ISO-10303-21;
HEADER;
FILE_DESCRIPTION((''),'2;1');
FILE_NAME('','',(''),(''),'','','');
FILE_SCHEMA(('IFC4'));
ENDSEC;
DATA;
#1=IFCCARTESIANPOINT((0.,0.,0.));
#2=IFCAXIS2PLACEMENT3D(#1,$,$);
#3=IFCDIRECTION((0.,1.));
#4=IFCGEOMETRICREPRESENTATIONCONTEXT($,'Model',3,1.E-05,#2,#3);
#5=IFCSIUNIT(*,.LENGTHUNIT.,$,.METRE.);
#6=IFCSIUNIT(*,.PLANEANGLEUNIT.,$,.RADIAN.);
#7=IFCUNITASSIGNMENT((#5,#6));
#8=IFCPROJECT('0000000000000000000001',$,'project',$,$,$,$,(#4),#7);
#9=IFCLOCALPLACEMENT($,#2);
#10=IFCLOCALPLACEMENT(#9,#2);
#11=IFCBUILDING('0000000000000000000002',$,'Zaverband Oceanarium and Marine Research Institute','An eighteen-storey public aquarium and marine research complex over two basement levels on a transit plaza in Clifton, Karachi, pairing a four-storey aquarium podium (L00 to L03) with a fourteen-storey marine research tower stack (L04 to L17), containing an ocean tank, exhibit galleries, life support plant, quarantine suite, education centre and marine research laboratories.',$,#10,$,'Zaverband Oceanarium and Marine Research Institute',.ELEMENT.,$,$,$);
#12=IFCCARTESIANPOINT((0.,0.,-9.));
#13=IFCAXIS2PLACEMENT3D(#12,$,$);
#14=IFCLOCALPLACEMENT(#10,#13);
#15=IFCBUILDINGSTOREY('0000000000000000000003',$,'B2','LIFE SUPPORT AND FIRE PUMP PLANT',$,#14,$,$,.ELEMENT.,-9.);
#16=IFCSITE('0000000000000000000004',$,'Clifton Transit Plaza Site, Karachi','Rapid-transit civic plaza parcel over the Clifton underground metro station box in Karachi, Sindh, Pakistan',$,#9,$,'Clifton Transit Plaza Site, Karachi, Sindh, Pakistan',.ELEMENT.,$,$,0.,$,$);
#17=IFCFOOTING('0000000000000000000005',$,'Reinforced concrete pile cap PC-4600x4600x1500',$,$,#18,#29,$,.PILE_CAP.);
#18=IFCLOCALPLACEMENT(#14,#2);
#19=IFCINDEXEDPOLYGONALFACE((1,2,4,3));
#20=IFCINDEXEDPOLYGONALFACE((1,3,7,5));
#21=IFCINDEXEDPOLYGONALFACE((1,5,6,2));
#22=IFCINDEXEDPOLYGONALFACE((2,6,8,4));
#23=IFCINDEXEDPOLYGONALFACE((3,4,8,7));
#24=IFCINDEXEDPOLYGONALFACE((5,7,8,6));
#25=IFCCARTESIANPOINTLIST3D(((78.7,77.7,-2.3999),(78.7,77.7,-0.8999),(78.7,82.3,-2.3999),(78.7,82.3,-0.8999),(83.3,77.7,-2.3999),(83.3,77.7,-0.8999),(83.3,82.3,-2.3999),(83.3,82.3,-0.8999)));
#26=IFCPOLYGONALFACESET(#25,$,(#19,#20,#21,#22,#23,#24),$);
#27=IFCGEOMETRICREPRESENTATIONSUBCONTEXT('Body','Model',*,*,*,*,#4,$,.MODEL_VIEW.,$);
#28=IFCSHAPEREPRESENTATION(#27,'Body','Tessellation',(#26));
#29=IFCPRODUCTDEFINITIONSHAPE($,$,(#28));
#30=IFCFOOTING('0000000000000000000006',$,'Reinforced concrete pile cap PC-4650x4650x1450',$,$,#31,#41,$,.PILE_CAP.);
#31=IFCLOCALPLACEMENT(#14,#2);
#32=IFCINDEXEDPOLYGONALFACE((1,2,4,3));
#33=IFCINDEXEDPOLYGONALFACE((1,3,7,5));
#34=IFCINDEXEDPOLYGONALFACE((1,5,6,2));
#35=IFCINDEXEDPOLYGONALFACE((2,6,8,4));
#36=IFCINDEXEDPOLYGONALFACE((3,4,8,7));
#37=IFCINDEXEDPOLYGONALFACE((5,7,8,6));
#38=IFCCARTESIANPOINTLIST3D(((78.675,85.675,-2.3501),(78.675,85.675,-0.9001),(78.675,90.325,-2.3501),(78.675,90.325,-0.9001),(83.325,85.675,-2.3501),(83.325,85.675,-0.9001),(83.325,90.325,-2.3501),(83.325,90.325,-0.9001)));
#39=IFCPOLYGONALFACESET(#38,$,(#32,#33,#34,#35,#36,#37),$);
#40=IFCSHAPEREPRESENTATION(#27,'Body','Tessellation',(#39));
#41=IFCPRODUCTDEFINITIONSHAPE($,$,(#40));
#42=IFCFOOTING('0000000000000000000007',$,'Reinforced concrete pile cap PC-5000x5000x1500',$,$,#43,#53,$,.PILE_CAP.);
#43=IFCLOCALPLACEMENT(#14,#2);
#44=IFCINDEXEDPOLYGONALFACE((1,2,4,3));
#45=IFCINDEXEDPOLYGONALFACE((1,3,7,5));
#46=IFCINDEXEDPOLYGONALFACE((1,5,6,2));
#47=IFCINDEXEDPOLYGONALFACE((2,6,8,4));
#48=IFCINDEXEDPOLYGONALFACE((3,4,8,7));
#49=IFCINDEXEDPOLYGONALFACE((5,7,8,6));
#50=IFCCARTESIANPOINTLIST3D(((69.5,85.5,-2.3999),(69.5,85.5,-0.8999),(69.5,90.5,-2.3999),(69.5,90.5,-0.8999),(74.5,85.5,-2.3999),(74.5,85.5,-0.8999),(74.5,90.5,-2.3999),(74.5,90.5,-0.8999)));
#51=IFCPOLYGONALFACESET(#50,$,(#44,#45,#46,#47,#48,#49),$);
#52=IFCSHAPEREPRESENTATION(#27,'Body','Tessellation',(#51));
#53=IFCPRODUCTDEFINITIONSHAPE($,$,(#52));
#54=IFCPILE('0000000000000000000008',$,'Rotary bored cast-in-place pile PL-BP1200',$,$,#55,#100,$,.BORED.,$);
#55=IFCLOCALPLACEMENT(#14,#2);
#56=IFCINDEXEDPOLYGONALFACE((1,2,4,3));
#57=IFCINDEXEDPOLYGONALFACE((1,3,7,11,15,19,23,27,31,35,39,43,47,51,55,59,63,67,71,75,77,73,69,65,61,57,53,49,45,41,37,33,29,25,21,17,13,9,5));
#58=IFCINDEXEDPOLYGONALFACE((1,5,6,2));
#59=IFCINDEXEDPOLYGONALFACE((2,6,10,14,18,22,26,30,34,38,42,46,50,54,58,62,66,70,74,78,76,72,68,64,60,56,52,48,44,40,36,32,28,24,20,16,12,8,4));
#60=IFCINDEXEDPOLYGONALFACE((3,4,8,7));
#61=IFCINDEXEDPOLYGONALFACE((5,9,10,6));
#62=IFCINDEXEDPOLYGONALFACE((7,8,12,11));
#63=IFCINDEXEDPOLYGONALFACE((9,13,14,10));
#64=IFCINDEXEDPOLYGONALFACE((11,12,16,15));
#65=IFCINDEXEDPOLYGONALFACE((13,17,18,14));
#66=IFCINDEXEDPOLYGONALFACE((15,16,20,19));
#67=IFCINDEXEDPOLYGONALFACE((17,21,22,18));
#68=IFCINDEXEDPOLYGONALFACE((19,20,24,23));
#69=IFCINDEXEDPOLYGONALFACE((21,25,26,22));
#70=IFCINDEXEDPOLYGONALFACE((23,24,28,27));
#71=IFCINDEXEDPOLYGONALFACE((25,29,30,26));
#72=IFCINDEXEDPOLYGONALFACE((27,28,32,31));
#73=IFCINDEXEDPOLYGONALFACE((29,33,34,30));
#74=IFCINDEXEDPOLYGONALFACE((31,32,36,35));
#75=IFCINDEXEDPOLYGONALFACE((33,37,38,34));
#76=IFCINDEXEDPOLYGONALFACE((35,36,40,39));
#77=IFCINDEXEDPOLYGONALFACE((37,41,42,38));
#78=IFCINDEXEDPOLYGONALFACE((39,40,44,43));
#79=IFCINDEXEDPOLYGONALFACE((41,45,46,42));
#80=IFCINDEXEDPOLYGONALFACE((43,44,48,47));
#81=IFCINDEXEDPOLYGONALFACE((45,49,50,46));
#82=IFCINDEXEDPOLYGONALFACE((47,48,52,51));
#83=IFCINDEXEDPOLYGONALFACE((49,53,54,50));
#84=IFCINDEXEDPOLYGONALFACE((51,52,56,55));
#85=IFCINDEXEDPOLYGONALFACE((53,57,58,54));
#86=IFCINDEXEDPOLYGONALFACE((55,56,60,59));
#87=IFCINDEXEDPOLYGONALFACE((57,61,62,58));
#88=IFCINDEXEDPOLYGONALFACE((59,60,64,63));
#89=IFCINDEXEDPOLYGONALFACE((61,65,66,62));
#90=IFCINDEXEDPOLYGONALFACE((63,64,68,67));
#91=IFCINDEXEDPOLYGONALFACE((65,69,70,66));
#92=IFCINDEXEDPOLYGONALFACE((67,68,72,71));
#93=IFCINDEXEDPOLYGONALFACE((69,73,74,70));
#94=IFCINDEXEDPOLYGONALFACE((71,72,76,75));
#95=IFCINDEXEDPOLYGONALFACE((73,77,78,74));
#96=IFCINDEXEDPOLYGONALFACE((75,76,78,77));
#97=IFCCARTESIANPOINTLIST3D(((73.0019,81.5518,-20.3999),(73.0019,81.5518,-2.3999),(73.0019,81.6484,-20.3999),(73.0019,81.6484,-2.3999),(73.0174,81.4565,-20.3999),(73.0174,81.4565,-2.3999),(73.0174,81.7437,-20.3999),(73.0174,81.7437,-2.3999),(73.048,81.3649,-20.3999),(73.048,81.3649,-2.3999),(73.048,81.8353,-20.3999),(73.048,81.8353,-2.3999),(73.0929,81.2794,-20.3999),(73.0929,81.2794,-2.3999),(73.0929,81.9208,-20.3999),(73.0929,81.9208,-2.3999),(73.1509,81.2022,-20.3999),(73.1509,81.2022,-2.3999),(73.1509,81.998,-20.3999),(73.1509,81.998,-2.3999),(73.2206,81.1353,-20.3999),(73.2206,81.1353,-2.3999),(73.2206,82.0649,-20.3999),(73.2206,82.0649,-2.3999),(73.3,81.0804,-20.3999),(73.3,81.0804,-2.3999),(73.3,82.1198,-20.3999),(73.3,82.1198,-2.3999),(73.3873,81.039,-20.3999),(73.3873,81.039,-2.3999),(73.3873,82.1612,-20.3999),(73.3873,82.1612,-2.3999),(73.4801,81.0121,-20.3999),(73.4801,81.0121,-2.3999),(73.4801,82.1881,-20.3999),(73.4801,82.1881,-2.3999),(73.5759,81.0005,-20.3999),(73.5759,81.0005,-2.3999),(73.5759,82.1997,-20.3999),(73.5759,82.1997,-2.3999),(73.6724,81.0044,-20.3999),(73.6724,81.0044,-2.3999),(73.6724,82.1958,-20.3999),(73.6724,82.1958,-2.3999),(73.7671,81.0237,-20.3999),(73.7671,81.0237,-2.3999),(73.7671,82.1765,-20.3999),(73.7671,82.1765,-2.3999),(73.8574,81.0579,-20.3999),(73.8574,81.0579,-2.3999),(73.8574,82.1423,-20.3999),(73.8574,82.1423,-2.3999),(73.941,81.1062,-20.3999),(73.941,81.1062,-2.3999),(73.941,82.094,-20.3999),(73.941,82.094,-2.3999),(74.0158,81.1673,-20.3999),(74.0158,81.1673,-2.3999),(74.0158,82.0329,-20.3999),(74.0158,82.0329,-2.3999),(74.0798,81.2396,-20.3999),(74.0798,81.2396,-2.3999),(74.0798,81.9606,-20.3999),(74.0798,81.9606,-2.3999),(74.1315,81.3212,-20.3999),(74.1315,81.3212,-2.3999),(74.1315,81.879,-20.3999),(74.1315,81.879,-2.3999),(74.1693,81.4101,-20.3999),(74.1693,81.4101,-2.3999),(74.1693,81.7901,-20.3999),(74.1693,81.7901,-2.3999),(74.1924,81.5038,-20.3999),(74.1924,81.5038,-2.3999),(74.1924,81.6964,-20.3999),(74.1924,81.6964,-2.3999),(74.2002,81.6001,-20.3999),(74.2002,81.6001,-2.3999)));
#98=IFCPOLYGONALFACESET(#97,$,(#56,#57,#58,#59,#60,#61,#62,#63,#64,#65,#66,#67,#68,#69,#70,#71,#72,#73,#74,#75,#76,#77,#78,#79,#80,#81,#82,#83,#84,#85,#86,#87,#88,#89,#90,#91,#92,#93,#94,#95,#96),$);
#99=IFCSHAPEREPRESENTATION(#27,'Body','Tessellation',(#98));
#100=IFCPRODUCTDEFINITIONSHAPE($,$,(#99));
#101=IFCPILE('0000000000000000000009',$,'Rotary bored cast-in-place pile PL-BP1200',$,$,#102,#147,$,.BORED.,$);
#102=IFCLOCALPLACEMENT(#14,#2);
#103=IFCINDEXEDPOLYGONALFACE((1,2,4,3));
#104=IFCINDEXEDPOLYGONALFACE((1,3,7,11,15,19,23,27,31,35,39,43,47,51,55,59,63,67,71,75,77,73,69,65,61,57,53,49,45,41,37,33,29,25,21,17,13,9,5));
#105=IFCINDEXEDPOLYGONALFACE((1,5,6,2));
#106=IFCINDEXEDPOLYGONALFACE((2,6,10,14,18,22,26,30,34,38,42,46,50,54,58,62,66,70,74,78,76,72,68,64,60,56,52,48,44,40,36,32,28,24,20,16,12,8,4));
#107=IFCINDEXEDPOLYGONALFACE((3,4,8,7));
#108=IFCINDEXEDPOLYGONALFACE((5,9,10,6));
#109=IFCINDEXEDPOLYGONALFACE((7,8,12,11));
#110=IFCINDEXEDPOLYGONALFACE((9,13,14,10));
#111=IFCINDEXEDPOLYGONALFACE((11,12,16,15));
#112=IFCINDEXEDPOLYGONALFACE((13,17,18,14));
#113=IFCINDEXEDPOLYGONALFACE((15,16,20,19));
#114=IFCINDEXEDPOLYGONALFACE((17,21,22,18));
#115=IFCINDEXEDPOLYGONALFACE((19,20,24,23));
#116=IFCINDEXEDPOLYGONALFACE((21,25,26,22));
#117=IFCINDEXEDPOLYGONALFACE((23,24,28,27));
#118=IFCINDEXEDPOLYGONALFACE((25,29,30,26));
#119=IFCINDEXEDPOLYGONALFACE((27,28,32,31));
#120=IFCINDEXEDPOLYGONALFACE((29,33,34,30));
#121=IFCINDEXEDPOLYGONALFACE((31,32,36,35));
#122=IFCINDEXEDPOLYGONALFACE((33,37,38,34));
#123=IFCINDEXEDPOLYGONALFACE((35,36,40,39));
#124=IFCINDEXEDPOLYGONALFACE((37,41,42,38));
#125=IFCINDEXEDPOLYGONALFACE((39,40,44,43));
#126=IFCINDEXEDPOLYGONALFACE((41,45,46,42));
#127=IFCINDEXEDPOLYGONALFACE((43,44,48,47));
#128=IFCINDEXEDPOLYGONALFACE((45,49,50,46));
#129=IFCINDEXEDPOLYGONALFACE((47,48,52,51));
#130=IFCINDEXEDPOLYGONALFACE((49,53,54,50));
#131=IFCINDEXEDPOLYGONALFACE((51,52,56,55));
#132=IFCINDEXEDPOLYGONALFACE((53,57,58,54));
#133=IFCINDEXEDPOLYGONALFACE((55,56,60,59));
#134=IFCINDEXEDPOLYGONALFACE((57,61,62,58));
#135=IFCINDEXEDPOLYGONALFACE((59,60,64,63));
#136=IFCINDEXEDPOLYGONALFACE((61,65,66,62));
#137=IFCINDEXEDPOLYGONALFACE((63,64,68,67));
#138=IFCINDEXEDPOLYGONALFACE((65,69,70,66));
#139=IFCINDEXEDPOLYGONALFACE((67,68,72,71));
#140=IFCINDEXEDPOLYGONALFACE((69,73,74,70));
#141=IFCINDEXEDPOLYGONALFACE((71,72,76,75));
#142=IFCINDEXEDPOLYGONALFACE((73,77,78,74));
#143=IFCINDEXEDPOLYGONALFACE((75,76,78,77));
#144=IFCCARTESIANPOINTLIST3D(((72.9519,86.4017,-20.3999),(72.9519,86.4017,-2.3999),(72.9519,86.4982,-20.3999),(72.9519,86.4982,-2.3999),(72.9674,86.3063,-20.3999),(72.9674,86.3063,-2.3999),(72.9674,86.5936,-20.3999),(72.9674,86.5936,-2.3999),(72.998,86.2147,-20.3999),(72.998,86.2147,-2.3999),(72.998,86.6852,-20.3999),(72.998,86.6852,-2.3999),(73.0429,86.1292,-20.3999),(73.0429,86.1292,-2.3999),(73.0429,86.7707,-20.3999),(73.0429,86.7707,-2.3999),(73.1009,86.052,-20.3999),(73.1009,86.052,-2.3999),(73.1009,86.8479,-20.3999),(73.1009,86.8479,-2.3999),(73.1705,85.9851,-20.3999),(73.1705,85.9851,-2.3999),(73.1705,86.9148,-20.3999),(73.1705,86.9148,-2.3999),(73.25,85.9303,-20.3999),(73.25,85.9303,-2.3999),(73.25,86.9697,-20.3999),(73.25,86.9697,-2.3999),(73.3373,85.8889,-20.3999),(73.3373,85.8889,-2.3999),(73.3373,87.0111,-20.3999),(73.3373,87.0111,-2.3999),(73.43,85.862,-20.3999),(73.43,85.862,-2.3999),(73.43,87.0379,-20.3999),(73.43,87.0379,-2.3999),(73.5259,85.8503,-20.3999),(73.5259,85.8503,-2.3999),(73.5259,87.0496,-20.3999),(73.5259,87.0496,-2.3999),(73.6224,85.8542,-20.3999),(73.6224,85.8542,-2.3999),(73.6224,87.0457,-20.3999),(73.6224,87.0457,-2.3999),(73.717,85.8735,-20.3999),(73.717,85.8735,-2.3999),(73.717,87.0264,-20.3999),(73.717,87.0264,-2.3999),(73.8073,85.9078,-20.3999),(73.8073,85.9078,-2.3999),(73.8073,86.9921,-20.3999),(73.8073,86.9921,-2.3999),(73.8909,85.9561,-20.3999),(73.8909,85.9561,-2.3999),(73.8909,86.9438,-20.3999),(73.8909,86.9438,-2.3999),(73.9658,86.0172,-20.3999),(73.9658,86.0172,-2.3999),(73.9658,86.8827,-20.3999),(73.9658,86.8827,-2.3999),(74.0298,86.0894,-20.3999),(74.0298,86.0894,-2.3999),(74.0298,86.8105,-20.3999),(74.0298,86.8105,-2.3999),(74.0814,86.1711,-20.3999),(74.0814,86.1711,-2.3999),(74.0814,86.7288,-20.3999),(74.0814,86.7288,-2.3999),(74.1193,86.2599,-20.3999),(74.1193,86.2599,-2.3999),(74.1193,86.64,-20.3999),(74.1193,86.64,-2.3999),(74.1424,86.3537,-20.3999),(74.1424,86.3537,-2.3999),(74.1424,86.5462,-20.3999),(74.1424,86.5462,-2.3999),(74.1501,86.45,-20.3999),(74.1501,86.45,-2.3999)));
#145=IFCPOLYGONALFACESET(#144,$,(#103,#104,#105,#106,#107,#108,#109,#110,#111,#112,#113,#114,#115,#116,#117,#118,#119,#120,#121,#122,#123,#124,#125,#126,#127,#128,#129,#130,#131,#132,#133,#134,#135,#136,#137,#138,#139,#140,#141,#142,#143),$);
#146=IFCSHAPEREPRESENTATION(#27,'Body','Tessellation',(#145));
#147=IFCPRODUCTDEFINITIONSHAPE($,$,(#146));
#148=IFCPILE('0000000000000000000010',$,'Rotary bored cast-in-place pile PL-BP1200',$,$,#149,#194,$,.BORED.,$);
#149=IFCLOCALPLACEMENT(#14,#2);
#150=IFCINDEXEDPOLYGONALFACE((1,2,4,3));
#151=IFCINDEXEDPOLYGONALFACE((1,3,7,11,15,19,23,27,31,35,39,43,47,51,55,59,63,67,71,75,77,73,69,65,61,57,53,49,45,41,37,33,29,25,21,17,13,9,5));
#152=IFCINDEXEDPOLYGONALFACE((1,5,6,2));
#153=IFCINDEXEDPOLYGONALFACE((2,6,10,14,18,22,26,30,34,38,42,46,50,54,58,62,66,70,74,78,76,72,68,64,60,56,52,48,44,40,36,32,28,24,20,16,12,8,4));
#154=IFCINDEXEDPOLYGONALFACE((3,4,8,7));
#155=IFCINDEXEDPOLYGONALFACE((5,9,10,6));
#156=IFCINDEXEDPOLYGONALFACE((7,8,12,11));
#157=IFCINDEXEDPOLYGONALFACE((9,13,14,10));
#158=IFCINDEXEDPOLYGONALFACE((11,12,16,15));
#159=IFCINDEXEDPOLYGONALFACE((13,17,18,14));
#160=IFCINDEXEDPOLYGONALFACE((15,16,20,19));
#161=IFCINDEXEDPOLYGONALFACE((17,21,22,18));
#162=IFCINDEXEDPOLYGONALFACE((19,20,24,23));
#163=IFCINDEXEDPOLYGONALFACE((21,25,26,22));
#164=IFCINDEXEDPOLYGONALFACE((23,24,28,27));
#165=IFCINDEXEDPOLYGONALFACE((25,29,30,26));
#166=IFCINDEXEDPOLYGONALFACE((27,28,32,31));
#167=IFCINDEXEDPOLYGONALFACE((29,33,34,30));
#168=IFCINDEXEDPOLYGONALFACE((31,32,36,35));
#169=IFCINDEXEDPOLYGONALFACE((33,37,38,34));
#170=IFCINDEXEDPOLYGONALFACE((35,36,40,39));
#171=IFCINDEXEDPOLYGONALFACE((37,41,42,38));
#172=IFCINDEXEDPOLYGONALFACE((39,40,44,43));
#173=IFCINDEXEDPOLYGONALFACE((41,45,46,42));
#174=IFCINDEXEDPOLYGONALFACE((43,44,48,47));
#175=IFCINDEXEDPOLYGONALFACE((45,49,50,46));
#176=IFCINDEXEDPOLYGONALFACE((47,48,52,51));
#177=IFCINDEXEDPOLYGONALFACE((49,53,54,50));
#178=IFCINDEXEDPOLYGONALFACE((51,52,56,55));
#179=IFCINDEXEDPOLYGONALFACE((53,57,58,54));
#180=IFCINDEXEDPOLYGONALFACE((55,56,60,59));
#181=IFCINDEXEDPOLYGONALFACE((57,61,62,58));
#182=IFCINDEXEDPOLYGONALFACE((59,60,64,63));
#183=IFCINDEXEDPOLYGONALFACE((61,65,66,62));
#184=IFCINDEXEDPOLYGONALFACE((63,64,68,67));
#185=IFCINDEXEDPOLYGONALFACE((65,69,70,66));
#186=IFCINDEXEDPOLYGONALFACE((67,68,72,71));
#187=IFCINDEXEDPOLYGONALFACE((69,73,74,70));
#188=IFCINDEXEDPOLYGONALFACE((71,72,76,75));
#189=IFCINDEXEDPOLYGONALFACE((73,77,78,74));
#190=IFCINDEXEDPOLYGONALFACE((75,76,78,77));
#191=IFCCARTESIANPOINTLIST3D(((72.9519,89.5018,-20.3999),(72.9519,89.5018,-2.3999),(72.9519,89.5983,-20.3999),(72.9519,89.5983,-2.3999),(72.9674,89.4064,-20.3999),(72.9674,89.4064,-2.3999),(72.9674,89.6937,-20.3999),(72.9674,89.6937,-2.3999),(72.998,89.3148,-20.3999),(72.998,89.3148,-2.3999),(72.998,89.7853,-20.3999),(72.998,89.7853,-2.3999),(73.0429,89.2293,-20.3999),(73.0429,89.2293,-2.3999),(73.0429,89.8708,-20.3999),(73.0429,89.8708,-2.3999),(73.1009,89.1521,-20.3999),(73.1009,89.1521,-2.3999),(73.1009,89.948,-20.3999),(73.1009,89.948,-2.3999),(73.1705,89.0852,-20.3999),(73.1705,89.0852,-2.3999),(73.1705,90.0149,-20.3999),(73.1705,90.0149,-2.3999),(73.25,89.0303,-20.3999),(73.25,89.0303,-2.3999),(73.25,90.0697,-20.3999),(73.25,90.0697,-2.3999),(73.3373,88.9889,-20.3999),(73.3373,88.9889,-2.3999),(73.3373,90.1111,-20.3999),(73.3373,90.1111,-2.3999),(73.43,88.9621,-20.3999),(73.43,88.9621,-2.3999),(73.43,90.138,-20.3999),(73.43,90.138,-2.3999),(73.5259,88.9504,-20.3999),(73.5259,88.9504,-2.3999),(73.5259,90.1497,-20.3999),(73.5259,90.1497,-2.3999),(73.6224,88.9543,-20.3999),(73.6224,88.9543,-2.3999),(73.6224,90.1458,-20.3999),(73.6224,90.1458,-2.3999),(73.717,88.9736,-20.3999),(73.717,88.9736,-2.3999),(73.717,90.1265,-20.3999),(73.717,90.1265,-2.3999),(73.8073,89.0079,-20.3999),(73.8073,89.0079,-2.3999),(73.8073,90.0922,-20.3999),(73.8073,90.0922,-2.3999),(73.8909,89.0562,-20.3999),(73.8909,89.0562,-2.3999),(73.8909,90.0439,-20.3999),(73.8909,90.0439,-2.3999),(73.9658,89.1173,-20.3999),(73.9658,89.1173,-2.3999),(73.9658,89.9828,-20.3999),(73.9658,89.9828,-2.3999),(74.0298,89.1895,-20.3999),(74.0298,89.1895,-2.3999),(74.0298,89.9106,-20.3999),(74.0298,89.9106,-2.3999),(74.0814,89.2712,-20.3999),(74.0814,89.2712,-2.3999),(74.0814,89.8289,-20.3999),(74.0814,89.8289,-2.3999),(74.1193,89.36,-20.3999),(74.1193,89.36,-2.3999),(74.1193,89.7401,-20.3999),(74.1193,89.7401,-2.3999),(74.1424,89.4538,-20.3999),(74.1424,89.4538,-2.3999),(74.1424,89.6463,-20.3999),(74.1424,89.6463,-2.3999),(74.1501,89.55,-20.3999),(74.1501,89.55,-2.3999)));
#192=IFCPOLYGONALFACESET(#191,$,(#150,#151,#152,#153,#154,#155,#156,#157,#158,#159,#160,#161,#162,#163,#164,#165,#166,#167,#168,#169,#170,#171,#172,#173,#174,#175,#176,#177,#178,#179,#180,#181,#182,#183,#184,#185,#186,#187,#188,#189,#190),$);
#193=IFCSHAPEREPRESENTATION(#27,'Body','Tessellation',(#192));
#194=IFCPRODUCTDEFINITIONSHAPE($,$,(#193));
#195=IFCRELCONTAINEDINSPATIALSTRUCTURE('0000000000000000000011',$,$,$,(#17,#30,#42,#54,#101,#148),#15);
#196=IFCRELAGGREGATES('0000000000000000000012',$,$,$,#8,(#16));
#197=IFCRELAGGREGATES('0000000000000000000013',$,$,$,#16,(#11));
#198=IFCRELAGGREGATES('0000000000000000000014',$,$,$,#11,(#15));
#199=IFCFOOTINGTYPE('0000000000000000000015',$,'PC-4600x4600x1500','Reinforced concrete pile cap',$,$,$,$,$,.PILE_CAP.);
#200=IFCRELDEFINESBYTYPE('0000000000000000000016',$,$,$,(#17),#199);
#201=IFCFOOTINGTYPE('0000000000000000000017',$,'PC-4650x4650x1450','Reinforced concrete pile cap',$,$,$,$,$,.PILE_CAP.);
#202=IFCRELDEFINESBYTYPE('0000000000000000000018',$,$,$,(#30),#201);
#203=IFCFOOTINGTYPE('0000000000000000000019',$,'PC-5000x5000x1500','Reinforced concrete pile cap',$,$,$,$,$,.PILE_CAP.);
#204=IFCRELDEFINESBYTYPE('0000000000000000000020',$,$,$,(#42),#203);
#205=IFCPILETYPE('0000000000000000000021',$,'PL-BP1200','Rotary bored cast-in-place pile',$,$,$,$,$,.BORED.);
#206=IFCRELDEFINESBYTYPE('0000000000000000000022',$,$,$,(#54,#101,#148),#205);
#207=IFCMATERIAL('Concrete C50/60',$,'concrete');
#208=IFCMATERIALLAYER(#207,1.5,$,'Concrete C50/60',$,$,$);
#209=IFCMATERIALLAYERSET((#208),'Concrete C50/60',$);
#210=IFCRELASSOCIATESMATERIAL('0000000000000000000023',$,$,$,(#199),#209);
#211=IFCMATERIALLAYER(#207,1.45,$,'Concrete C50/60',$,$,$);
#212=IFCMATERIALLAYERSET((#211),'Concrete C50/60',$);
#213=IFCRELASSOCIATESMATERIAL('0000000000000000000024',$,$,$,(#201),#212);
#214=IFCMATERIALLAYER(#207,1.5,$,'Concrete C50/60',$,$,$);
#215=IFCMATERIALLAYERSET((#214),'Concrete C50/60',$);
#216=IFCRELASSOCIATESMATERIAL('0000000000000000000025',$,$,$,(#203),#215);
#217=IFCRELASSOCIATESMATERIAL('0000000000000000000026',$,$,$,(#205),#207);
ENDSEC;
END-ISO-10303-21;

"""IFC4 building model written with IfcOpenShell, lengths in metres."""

from ifc_helpers import new_model, si_unit, direction, frame, origin, origin_2d, place, context, subcontext, project, spatial, rectangle, circle, extrude, material, layer, layer_set, material_profile, profile_set, type_object, element, save


model = new_model("IFC4")

# Units and contexts
model_context = context("Model", 3, precision=1e-05, world=origin(), true_north=direction((0.0, 1.0)))
body_context = subcontext(model_context, "Body", "Model", "MODEL_VIEW")
ifc_project = project(units=[si_unit("LENGTHUNIT", "METRE"), si_unit("PLANEANGLEUNIT", "RADIAN")], contexts=[model_context])

# Site, building, storey
site_placement = place(None, origin())
site = spatial("IfcSite", under=ifc_project, at=site_placement, Name="Clifton Transit Plaza Site, Karachi", Description="Rapid-transit civic plaza parcel over the Clifton underground metro station box in Karachi, Sindh, Pakistan", LongName="Clifton Transit Plaza Site, Karachi, Sindh, Pakistan", CompositionType="ELEMENT", RefElevation=0.0)
building_placement = place(site_placement, origin())
building = spatial("IfcBuilding", under=site, at=building_placement, Name="Zaverband Oceanarium and Marine Research Institute", Description="An eighteen-storey public aquarium and marine research complex over two basement levels on a transit plaza in Clifton, Karachi, pairing a four-storey aquarium podium (L00 to L03) with a fourteen-storey marine research tower stack (L04 to L17), containing an ocean tank, exhibit galleries, life support plant, quarantine suite, education centre and marine research laboratories.", LongName="Zaverband Oceanarium and Marine Research Institute", CompositionType="ELEMENT")
storey_placement = place(building_placement, frame((0.0, 0.0, -9.0)))
storey = spatial("IfcBuildingStorey", under=building, at=storey_placement, Name="B2", Description="LIFE SUPPORT AND FIRE PUMP PLANT", CompositionType="ELEMENT", Elevation=-9.0)

# Footings
ifc_material_1 = material(Name="Concrete C50/60", Category="concrete")
ifc_layer_1 = layer(ifc_material_1, 1.5, Name="Concrete C50/60")
ifc_layer_set_1 = layer_set([ifc_layer_1], Name="Concrete C50/60")
footing_type_1 = type_object("IfcFootingType", Name="PC-4600x4600x1500", Description="Reinforced concrete pile cap", PredefinedType="PILE_CAP", material=ifc_layer_set_1)
footing_1_placement = place(storey_placement, frame((81.0, 80.0, -2.3999), z_axis=(0.0, 0.0, 1.0), x_axis=(1.0, 0.0, 0.0)))
element("IfcFooting", 1, at=footing_1_placement, inside=storey, type_object=footing_type_1, Name="Reinforced concrete pile cap PC-4600x4600x1500", PredefinedType="PILE_CAP", context=body_context, shape_type="SweptSolid", body=[
    extrude(rectangle(XDim=4.6001, YDim=4.6001, at=origin_2d()), origin(), (0.0, 0.0, 1.0), 1.5),
])
ifc_layer_2 = layer(ifc_material_1, 1.45, Name="Concrete C50/60")
ifc_layer_set_2 = layer_set([ifc_layer_2], Name="Concrete C50/60")
footing_type_2 = type_object("IfcFootingType", Name="PC-4650x4650x1450", Description="Reinforced concrete pile cap", PredefinedType="PILE_CAP", material=ifc_layer_set_2)
footing_2_placement = place(storey_placement, frame((81.0, 88.0, -2.3501), z_axis=(0.0, 0.0, 1.0), x_axis=(1.0, 0.0, 0.0)))
element("IfcFooting", 2, at=footing_2_placement, inside=storey, type_object=footing_type_2, Name="Reinforced concrete pile cap PC-4650x4650x1450", PredefinedType="PILE_CAP", context=body_context, shape_type="SweptSolid", body=[
    extrude(rectangle(XDim=4.6499, YDim=4.6499, at=origin_2d()), origin(), (0.0, 0.0, 1.0), 1.45),
])
ifc_layer_3 = layer(ifc_material_1, 1.5, Name="Concrete C50/60")
ifc_layer_set_3 = layer_set([ifc_layer_3], Name="Concrete C50/60")
footing_type_3 = type_object("IfcFootingType", Name="PC-5000x5000x1500", Description="Reinforced concrete pile cap", PredefinedType="PILE_CAP", material=ifc_layer_set_3)
footing_3_placement = place(storey_placement, frame((72.0, 88.0, -2.3999), z_axis=(0.0, 0.0, 1.0), x_axis=(1.0, 0.0, 0.0)))
element("IfcFooting", 3, at=footing_3_placement, inside=storey, type_object=footing_type_3, Name="Reinforced concrete pile cap PC-5000x5000x1500", PredefinedType="PILE_CAP", context=body_context, shape_type="SweptSolid", body=[
    extrude(rectangle(XDim=5.0, YDim=5.0, at=origin_2d()), origin(), (0.0, 0.0, 1.0), 1.5),
])

# Piles
ifc_material_profile_1 = material_profile(ifc_material_1, circle(Radius=0.6001, at=origin_2d()), Name="BP1200")
ifc_profile_set_1 = profile_set([ifc_material_profile_1], Name="Concrete C50/60")
pile_type = type_object("IfcPileType", Name="PL-BP1200", Description="Rotary bored cast-in-place pile", PredefinedType="BORED", material=ifc_profile_set_1)
for number, where, z_axis, x_axis, name in (
    (4, (73.6001, 81.6001, -2.3999), (0.0, 0.0, -1.0), (1.0, 0.0, 0.0), "Rotary bored cast-in-place pile PL-BP1200"),
    (5, (73.55, 86.45, -2.3999), (0.0, 0.0, -1.0), (1.0, 0.0, 0.0), "Rotary bored cast-in-place pile PL-BP1200"),
    (6, (73.55, 89.55, -2.3999), (0.0, 0.0, -1.0), (1.0, 0.0, 0.0), "Rotary bored cast-in-place pile PL-BP1200"),
):
    element("IfcPile", number, at=place(storey_placement, frame(where, z_axis=z_axis, x_axis=x_axis)), inside=storey, type_object=pile_type, Name=name, PredefinedType="BORED", context=body_context, shape_type="SweptSolid", body=[
        extrude(circle(Radius=0.6001, at=origin_2d()), origin(), (0.0, 0.0, 1.0), 18.0),
    ])

save(model, "model.ifc")
